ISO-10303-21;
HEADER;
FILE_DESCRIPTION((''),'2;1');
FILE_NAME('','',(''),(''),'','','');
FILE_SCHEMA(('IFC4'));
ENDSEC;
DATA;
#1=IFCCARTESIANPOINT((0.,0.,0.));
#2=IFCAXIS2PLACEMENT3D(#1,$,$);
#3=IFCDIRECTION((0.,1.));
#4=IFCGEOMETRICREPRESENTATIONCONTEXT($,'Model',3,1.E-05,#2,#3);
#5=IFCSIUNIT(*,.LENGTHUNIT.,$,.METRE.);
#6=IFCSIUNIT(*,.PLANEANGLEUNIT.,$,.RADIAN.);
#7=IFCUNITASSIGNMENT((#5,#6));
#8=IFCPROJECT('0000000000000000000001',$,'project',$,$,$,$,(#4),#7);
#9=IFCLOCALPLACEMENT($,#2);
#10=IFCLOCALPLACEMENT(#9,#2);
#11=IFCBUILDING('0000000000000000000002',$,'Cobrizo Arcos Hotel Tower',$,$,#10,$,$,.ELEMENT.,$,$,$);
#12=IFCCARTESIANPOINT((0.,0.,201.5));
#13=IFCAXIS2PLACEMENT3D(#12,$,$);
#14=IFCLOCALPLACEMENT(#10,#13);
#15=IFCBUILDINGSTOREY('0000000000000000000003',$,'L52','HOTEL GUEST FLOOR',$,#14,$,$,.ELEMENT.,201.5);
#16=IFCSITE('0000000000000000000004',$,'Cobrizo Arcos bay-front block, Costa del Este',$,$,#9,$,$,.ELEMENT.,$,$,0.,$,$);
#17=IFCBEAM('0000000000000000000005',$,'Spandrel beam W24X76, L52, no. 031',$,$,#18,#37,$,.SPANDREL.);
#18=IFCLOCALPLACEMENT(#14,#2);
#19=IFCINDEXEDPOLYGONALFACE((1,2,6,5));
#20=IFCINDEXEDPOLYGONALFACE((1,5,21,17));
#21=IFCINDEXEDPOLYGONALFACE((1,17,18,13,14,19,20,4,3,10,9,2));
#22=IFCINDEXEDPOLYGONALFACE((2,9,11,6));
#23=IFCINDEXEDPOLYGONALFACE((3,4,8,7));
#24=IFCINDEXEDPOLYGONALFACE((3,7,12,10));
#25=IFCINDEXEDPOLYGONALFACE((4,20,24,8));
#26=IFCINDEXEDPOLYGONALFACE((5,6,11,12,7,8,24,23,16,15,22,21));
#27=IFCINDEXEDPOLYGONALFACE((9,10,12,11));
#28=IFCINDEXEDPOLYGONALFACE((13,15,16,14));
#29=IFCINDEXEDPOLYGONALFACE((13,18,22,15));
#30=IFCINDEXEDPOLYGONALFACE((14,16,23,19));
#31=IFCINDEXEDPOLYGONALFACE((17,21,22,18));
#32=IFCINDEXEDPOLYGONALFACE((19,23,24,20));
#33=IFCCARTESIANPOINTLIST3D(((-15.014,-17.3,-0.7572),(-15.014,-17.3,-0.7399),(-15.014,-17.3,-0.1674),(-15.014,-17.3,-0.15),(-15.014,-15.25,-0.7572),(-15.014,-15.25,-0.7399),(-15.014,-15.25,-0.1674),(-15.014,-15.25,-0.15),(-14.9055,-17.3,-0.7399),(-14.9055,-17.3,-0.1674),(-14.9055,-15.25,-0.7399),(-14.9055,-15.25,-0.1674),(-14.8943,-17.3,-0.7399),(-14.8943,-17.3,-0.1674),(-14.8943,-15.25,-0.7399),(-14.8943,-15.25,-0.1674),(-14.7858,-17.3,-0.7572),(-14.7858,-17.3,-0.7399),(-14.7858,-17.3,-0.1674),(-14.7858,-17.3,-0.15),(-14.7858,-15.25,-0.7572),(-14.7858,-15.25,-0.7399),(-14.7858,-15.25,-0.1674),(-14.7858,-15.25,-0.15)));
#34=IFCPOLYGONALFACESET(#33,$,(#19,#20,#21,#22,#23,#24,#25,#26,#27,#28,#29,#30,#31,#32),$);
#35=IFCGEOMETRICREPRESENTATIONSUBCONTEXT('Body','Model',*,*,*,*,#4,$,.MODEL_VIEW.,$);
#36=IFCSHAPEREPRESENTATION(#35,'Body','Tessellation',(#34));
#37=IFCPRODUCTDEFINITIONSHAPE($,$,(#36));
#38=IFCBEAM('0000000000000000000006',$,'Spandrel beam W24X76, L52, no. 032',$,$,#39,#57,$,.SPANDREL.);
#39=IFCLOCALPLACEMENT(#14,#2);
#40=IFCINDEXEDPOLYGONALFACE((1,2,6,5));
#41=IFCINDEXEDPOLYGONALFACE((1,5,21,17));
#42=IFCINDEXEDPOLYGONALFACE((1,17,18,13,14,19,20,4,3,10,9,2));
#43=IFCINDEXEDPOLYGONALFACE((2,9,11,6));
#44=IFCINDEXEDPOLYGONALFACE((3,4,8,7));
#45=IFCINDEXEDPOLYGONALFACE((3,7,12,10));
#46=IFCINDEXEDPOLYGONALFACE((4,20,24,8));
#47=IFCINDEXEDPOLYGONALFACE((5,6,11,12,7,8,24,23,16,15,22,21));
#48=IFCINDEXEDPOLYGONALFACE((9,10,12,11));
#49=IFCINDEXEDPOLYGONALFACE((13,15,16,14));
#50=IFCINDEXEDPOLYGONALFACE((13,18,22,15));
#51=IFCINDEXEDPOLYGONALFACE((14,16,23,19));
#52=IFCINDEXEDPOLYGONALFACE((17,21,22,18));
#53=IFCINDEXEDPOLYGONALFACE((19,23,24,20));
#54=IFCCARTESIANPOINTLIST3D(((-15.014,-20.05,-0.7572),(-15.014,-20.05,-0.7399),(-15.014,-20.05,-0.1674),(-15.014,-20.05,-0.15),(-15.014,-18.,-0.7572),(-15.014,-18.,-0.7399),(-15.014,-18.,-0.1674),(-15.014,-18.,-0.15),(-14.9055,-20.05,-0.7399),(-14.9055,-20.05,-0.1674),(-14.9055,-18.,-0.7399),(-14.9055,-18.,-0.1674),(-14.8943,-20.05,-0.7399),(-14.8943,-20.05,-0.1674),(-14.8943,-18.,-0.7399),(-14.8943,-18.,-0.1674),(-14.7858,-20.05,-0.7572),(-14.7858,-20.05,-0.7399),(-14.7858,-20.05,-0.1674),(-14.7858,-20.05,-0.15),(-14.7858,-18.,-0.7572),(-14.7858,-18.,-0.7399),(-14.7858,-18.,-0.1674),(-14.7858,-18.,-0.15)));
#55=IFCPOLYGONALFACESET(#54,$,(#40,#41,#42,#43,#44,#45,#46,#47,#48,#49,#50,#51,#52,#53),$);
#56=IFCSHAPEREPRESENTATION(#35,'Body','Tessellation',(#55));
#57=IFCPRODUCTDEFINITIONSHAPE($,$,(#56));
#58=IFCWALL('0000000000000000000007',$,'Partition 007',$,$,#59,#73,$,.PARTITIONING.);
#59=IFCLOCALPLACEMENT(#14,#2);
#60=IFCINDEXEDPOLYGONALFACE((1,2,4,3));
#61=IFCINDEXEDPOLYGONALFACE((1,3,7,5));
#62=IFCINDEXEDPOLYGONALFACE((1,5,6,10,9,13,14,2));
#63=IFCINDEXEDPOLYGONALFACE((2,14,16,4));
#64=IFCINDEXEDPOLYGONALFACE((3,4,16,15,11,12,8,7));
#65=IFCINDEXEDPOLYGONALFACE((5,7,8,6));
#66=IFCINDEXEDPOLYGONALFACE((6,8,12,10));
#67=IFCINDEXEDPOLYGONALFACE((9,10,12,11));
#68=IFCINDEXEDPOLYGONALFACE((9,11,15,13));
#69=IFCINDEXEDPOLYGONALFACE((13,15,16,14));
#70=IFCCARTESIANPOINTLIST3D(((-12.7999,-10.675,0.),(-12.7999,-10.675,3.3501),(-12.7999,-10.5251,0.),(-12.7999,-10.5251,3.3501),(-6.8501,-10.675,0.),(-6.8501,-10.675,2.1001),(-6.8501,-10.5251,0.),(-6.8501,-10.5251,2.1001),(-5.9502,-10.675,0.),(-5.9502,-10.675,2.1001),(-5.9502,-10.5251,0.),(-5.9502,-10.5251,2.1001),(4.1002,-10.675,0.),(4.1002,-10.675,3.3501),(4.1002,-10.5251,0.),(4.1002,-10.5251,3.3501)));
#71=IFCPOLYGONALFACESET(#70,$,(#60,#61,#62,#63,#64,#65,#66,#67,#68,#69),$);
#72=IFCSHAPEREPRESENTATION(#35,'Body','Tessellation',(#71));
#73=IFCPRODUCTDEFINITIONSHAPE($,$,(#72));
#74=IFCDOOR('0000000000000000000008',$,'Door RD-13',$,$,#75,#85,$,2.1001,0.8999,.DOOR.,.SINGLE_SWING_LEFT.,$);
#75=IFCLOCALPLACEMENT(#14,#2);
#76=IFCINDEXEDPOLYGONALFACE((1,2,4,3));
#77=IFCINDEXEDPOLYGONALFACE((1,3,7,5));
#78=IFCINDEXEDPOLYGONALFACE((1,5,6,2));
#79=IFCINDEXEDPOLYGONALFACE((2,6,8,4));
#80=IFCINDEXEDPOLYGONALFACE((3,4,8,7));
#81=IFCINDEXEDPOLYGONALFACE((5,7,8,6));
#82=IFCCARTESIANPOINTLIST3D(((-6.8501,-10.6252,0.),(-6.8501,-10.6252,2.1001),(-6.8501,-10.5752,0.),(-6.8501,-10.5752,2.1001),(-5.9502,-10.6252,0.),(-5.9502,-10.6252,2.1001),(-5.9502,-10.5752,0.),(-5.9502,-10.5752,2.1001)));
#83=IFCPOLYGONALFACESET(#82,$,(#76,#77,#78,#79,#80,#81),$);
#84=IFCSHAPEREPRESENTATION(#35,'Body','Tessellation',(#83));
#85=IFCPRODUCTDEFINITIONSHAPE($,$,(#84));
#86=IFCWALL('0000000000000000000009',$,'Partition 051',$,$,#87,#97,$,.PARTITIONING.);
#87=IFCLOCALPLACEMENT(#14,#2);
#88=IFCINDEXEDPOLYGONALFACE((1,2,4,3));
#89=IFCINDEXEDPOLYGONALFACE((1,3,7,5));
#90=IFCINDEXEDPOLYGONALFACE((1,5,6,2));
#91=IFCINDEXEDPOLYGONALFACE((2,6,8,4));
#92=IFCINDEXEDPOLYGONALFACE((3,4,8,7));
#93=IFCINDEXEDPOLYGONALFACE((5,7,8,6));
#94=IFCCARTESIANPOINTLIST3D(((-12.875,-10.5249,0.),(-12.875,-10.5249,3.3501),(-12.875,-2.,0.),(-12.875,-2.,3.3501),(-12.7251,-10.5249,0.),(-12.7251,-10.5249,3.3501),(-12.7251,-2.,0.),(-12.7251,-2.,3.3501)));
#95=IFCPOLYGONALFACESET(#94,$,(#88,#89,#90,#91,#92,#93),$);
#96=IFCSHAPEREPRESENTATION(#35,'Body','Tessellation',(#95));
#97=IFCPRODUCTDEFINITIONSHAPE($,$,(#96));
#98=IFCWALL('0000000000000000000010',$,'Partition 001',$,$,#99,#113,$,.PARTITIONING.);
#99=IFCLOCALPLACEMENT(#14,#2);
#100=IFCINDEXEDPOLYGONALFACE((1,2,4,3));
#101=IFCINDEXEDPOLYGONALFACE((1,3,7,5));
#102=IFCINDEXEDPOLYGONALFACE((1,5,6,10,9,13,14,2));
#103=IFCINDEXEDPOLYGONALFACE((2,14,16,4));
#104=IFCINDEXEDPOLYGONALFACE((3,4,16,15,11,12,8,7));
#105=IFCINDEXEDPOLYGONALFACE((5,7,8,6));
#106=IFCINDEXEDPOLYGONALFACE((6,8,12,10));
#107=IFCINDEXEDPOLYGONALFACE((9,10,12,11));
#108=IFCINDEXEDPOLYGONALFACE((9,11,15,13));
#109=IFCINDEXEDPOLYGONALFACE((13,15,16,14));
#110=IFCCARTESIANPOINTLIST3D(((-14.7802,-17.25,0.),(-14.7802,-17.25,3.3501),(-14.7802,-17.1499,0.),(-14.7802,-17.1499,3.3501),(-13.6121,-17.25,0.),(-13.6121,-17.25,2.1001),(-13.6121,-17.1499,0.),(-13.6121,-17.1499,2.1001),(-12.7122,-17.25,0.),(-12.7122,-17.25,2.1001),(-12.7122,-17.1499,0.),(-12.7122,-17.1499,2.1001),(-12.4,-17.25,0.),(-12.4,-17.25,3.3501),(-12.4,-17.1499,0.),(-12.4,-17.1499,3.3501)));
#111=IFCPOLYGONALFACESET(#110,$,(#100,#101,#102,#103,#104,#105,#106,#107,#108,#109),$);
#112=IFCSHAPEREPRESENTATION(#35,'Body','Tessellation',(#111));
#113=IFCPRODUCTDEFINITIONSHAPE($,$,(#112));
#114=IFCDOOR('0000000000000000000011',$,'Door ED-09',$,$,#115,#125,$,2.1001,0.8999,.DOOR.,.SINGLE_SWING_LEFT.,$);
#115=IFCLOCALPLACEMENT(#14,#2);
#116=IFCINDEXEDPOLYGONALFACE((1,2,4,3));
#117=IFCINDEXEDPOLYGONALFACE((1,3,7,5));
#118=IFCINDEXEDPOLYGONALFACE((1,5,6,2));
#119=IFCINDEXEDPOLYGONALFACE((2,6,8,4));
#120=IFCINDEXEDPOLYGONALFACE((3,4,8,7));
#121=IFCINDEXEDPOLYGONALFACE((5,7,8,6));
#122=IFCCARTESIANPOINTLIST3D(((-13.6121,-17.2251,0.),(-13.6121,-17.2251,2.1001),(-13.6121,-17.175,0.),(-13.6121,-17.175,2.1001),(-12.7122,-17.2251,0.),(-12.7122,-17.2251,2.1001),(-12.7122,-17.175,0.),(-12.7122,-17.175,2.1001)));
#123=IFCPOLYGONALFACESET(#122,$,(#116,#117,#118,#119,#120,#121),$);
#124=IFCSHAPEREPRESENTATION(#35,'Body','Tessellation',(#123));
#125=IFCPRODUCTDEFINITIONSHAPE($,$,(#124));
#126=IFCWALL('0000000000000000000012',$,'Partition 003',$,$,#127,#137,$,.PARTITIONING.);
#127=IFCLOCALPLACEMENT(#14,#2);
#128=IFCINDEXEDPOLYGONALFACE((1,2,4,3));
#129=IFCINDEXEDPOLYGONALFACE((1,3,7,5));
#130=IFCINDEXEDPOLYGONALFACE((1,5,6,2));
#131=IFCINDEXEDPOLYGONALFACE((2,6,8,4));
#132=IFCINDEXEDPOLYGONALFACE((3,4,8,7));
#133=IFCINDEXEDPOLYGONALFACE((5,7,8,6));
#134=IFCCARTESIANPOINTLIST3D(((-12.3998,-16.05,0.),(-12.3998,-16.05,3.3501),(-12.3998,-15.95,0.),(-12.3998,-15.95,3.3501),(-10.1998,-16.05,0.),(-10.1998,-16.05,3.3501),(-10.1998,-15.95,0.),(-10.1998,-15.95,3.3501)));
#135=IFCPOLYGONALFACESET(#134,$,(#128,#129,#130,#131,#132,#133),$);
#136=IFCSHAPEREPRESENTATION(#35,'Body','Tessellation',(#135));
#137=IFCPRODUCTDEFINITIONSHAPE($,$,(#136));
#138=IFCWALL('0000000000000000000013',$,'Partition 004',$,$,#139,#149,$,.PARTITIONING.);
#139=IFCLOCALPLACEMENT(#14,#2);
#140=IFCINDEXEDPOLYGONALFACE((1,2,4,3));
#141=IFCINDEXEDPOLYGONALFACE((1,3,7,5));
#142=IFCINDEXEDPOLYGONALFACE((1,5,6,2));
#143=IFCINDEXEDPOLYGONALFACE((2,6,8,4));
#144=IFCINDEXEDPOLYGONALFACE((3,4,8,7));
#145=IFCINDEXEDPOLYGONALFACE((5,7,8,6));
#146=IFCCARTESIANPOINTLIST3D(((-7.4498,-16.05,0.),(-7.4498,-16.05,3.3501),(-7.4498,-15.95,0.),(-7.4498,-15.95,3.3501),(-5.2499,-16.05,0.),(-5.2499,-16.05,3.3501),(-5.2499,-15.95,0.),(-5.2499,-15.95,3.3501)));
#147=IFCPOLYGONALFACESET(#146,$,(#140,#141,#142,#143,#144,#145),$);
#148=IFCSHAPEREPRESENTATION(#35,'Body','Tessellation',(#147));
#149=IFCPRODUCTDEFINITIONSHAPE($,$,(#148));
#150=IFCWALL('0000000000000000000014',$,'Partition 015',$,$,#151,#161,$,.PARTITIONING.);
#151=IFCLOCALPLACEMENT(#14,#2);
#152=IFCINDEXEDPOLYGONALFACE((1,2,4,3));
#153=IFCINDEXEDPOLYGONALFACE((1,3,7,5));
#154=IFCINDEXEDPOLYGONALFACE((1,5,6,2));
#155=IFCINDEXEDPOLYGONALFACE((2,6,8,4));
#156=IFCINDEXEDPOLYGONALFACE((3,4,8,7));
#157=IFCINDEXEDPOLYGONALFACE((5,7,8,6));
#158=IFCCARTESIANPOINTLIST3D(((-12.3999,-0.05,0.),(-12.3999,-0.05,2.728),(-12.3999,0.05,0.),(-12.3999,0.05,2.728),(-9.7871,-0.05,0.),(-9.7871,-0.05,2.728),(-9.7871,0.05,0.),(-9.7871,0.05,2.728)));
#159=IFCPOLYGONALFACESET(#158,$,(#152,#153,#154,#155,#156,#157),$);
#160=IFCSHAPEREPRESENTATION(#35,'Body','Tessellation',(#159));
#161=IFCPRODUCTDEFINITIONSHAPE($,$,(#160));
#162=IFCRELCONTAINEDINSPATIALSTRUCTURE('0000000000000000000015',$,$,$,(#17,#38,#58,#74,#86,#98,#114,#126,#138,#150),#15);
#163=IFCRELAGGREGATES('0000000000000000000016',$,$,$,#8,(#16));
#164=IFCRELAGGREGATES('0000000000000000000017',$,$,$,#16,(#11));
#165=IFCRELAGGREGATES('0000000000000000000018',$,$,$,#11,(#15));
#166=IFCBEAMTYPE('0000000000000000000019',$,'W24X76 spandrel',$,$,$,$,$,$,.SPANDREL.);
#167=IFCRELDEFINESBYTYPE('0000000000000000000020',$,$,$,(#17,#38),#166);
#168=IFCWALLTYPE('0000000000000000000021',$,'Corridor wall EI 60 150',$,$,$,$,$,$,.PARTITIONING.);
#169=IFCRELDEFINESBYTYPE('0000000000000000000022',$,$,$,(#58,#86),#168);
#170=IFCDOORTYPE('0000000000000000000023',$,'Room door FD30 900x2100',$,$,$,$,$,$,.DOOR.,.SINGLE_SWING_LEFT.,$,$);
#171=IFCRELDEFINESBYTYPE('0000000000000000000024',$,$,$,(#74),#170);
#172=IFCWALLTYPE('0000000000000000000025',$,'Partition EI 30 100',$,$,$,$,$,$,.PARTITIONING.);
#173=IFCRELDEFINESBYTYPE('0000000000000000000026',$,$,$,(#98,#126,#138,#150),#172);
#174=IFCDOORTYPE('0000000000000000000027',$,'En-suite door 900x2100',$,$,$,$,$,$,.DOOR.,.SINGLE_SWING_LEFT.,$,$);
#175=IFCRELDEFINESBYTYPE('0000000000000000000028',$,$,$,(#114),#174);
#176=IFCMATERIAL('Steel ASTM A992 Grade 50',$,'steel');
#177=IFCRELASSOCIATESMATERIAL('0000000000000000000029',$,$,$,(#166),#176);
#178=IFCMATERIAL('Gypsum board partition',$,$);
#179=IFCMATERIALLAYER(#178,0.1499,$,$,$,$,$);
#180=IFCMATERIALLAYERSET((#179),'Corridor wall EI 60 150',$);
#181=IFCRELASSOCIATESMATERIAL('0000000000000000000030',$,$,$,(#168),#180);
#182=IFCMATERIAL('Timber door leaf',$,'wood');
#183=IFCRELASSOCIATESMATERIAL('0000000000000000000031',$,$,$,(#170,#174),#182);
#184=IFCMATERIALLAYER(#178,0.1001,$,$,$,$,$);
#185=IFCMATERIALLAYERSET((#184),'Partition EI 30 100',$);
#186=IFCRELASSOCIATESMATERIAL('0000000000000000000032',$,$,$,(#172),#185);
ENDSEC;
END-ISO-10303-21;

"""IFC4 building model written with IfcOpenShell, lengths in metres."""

from ifc_helpers import new_model, si_unit, direction, frame, frame_2d, origin, origin_2d, place, context, subcontext, project, spatial, rectangle, i_section, extrude, material, layer, layer_set, material_profile, profile_set, type_object, element, fill, save


model = new_model("IFC4")

# Units and contexts
model_context = context("Model", 3, precision=1e-05, world=origin(), true_north=direction((0.0, 1.0)))
body_context = subcontext(model_context, "Body", "Model", "MODEL_VIEW")
ifc_project = project(units=[si_unit("LENGTHUNIT", "METRE"), si_unit("PLANEANGLEUNIT", "RADIAN")], contexts=[model_context])

# Site, building, storey
site_placement = place(None, origin())
site = spatial("IfcSite", under=ifc_project, at=site_placement, Name="Cobrizo Arcos bay-front block, Costa del Este", CompositionType="ELEMENT", RefElevation=0.0)
building_placement = place(site_placement, origin())
building = spatial("IfcBuilding", under=site, at=building_placement, Name="Cobrizo Arcos Hotel Tower", CompositionType="ELEMENT")
storey_placement = place(building_placement, frame((0.0, 0.0, 201.5)))
storey = spatial("IfcBuildingStorey", under=building, at=storey_placement, Name="L52", Description="HOTEL GUEST FLOOR", CompositionType="ELEMENT", Elevation=201.5)

# Shared definitions
ifc_material_1 = material(Name="Steel ASTM A992 Grade 50", Category="steel")

# Beams
ifc_material_profile_1 = material_profile(ifc_material_1, i_section(OverallWidth=0.2283, OverallDepth=0.6072, WebThickness=0.0112, FlangeThickness=0.0173, at=origin_2d()), Name="W24X76")
ifc_profile_set_1 = profile_set([ifc_material_profile_1], Name="Steel ASTM A992 Grade 50")
beam_type_1 = type_object("IfcBeamType", Name="W24X76 spandrel", PredefinedType="SPANDREL", material=ifc_profile_set_1)
for number, where, z_axis, x_axis, name in (
    (1, (-14.8999, -15.25, -0.4536), (0.0, -1.0, 0.0), (1.0, 0.0, 0.0), "Spandrel beam W24X76, L52, no. 031"),
    (2, (-14.8999, -18.0, -0.4536), (0.0, -1.0, 0.0), (1.0, 0.0, 0.0), "Spandrel beam W24X76, L52, no. 032"),
):
    element("IfcBeam", number, at=place(storey_placement, frame(where, z_axis=z_axis, x_axis=x_axis)), inside=storey, type_object=beam_type_1, Name=name, PredefinedType="SPANDREL", context=body_context, shape_type="SweptSolid", body=[
        extrude(i_section(OverallWidth=0.2283, OverallDepth=0.6072, WebThickness=0.0112, FlangeThickness=0.0173, at=origin_2d()), origin(), (0.0, 0.0, 1.0), 2.05),
    ])

# Wall, opening, door
ifc_material_2 = material(Name="Gypsum board partition")
ifc_layer_1 = layer(ifc_material_2, 0.1499)
ifc_layer_set_1 = layer_set([ifc_layer_1], Name="Corridor wall EI 60 150")
wall_type_1 = type_object("IfcWallType", Name="Corridor wall EI 60 150", PredefinedType="PARTITIONING", material=ifc_layer_set_1)
wall_1_placement = place(storey_placement, frame((-12.8, -10.6001, 0.0), z_axis=(0.0, 0.0, 1.0), x_axis=(1.0, 0.0, 0.0)))
wall_1 = element("IfcWall", 3, at=wall_1_placement, inside=storey, type_object=wall_type_1, Name="Partition 007", PredefinedType="PARTITIONING", context=body_context, shape_type="SweptSolid", body=[
    extrude(rectangle(XDim=16.9001, YDim=0.1499, at=frame_2d((8.4502, 0.0))), origin(), (0.0, 0.0, 1.0), 3.3501),
])
opening_1_placement = place(wall_1_placement, frame((5.95, 0.0, 0.0)))
opening_1 = element("IfcOpeningElement", 4, at=opening_1_placement, cuts=wall_1, PredefinedType="OPENING", context=body_context, shape_type="SweptSolid", body=[
    extrude(rectangle(XDim=0.8999, YDim=2.1001, at=frame_2d((0.45, 1.05))), frame((0.0, 0.0869, 0.0), z_axis=(0.0, -1.0, 0.0), x_axis=(1.0, 0.0, 0.0)), (0.0, 0.0, 1.0), 0.1738),
])
ifc_material_3 = material(Name="Timber door leaf", Category="wood")
door_type_1 = type_object("IfcDoorType", Name="Room door FD30 900x2100", OperationType="SINGLE_SWING_LEFT", PredefinedType="DOOR", material=ifc_material_3)
door_1_placement = place(opening_1_placement, origin())
door_1 = element("IfcDoor", 5, at=door_1_placement, inside=storey, type_object=door_type_1, Name="Door RD-13", OperationType="SINGLE_SWING_LEFT", OverallHeight=2.1001, OverallWidth=0.8999, PredefinedType="DOOR", context=body_context, shape_type="SweptSolid", body=[
    extrude(rectangle(XDim=0.8999, YDim=2.1001, at=frame_2d((0.45, 1.05))), frame((0.0, 0.0249, 0.0), z_axis=(0.0, -1.0, 0.0), x_axis=(1.0, 0.0, 0.0)), (0.0, 0.0, 1.0), 0.05),
])
fill(opening_1, door_1)

# Wall
wall_2_placement = place(storey_placement, frame((-12.8, -10.5249, 0.0), z_axis=(0.0, 0.0, 1.0), x_axis=(0.0, 1.0, 0.0)))
element("IfcWall", 6, at=wall_2_placement, inside=storey, type_object=wall_type_1, Name="Partition 051", PredefinedType="PARTITIONING", context=body_context, shape_type="SweptSolid", body=[
    extrude(rectangle(XDim=8.5249, YDim=0.1499, at=frame_2d((4.2625, 0.0))), origin(), (0.0, 0.0, 1.0), 3.3501),
])

# Wall, opening, door
ifc_layer_2 = layer(ifc_material_2, 0.1001)
ifc_layer_set_2 = layer_set([ifc_layer_2], Name="Partition EI 30 100")
wall_type_2 = type_object("IfcWallType", Name="Partition EI 30 100", PredefinedType="PARTITIONING", material=ifc_layer_set_2)
wall_3_placement = place(storey_placement, frame((-14.78, -17.2, 0.0), z_axis=(0.0, 0.0, 1.0), x_axis=(1.0, 0.0, 0.0)))
wall_3 = element("IfcWall", 7, at=wall_3_placement, inside=storey, type_object=wall_type_2, Name="Partition 001", PredefinedType="PARTITIONING", context=body_context, shape_type="SweptSolid", body=[
    extrude(rectangle(XDim=2.3801, YDim=0.1001, at=frame_2d((1.1899, 0.0))), origin(), (0.0, 0.0, 1.0), 3.3501),
])
opening_2_placement = place(wall_3_placement, frame((1.168, 0.0, 0.0)))
opening_2 = element("IfcOpeningElement", 8, at=opening_2_placement, cuts=wall_3, PredefinedType="OPENING", context=body_context, shape_type="SweptSolid", body=[
    extrude(rectangle(XDim=0.8999, YDim=2.1001, at=frame_2d((0.45, 1.05))), frame((0.0, 0.062, 0.0), z_axis=(0.0, -1.0, 0.0), x_axis=(1.0, 0.0, 0.0)), (0.0, 0.0, 1.0), 0.124),
])
door_type_2 = type_object("IfcDoorType", Name="En-suite door 900x2100", OperationType="SINGLE_SWING_LEFT", PredefinedType="DOOR", material=ifc_material_3)
door_2_placement = place(opening_2_placement, origin())
door_2 = element("IfcDoor", 9, at=door_2_placement, inside=storey, type_object=door_type_2, Name="Door ED-09", OperationType="SINGLE_SWING_LEFT", OverallHeight=2.1001, OverallWidth=0.8999, PredefinedType="DOOR", context=body_context, shape_type="SweptSolid", body=[
    extrude(rectangle(XDim=0.8999, YDim=2.1001, at=frame_2d((0.45, 1.05))), frame((0.0, 0.0249, 0.0), z_axis=(0.0, -1.0, 0.0), x_axis=(1.0, 0.0, 0.0)), (0.0, 0.0, 1.0), 0.05),
])
fill(opening_2, door_2)

# Walls
for number, where, z_axis, x_axis, name in (
    (10, (-12.3999, -16.0, 0.0), (0.0, 0.0, 1.0), (1.0, 0.0, 0.0), "Partition 003"),
    (11, (-7.45, -16.0, 0.0), (0.0, 0.0, 1.0), (1.0, 0.0, 0.0), "Partition 004"),
):
    element("IfcWall", number, at=place(storey_placement, frame(where, z_axis=z_axis, x_axis=x_axis)), inside=storey, type_object=wall_type_2, Name=name, PredefinedType="PARTITIONING", context=body_context, shape_type="SweptSolid", body=[
        extrude(rectangle(XDim=2.2, YDim=0.1001, at=frame_2d((1.1001, 0.0))), origin(), (0.0, 0.0, 1.0), 3.3501),
    ])
wall_4_placement = place(storey_placement, frame((-12.3999, 0.0, 0.0), z_axis=(0.0, 0.0, 1.0), x_axis=(1.0, 0.0, 0.0)))
element("IfcWall", 12, at=wall_4_placement, inside=storey, type_object=wall_type_2, Name="Partition 015", PredefinedType="PARTITIONING", context=body_context, shape_type="SweptSolid", body=[
    extrude(rectangle(XDim=2.6128, YDim=0.1001, at=frame_2d((1.3064, 0.0))), origin(), (0.0, 0.0, 1.0), 2.728),
])

save(model, "model.ifc")
